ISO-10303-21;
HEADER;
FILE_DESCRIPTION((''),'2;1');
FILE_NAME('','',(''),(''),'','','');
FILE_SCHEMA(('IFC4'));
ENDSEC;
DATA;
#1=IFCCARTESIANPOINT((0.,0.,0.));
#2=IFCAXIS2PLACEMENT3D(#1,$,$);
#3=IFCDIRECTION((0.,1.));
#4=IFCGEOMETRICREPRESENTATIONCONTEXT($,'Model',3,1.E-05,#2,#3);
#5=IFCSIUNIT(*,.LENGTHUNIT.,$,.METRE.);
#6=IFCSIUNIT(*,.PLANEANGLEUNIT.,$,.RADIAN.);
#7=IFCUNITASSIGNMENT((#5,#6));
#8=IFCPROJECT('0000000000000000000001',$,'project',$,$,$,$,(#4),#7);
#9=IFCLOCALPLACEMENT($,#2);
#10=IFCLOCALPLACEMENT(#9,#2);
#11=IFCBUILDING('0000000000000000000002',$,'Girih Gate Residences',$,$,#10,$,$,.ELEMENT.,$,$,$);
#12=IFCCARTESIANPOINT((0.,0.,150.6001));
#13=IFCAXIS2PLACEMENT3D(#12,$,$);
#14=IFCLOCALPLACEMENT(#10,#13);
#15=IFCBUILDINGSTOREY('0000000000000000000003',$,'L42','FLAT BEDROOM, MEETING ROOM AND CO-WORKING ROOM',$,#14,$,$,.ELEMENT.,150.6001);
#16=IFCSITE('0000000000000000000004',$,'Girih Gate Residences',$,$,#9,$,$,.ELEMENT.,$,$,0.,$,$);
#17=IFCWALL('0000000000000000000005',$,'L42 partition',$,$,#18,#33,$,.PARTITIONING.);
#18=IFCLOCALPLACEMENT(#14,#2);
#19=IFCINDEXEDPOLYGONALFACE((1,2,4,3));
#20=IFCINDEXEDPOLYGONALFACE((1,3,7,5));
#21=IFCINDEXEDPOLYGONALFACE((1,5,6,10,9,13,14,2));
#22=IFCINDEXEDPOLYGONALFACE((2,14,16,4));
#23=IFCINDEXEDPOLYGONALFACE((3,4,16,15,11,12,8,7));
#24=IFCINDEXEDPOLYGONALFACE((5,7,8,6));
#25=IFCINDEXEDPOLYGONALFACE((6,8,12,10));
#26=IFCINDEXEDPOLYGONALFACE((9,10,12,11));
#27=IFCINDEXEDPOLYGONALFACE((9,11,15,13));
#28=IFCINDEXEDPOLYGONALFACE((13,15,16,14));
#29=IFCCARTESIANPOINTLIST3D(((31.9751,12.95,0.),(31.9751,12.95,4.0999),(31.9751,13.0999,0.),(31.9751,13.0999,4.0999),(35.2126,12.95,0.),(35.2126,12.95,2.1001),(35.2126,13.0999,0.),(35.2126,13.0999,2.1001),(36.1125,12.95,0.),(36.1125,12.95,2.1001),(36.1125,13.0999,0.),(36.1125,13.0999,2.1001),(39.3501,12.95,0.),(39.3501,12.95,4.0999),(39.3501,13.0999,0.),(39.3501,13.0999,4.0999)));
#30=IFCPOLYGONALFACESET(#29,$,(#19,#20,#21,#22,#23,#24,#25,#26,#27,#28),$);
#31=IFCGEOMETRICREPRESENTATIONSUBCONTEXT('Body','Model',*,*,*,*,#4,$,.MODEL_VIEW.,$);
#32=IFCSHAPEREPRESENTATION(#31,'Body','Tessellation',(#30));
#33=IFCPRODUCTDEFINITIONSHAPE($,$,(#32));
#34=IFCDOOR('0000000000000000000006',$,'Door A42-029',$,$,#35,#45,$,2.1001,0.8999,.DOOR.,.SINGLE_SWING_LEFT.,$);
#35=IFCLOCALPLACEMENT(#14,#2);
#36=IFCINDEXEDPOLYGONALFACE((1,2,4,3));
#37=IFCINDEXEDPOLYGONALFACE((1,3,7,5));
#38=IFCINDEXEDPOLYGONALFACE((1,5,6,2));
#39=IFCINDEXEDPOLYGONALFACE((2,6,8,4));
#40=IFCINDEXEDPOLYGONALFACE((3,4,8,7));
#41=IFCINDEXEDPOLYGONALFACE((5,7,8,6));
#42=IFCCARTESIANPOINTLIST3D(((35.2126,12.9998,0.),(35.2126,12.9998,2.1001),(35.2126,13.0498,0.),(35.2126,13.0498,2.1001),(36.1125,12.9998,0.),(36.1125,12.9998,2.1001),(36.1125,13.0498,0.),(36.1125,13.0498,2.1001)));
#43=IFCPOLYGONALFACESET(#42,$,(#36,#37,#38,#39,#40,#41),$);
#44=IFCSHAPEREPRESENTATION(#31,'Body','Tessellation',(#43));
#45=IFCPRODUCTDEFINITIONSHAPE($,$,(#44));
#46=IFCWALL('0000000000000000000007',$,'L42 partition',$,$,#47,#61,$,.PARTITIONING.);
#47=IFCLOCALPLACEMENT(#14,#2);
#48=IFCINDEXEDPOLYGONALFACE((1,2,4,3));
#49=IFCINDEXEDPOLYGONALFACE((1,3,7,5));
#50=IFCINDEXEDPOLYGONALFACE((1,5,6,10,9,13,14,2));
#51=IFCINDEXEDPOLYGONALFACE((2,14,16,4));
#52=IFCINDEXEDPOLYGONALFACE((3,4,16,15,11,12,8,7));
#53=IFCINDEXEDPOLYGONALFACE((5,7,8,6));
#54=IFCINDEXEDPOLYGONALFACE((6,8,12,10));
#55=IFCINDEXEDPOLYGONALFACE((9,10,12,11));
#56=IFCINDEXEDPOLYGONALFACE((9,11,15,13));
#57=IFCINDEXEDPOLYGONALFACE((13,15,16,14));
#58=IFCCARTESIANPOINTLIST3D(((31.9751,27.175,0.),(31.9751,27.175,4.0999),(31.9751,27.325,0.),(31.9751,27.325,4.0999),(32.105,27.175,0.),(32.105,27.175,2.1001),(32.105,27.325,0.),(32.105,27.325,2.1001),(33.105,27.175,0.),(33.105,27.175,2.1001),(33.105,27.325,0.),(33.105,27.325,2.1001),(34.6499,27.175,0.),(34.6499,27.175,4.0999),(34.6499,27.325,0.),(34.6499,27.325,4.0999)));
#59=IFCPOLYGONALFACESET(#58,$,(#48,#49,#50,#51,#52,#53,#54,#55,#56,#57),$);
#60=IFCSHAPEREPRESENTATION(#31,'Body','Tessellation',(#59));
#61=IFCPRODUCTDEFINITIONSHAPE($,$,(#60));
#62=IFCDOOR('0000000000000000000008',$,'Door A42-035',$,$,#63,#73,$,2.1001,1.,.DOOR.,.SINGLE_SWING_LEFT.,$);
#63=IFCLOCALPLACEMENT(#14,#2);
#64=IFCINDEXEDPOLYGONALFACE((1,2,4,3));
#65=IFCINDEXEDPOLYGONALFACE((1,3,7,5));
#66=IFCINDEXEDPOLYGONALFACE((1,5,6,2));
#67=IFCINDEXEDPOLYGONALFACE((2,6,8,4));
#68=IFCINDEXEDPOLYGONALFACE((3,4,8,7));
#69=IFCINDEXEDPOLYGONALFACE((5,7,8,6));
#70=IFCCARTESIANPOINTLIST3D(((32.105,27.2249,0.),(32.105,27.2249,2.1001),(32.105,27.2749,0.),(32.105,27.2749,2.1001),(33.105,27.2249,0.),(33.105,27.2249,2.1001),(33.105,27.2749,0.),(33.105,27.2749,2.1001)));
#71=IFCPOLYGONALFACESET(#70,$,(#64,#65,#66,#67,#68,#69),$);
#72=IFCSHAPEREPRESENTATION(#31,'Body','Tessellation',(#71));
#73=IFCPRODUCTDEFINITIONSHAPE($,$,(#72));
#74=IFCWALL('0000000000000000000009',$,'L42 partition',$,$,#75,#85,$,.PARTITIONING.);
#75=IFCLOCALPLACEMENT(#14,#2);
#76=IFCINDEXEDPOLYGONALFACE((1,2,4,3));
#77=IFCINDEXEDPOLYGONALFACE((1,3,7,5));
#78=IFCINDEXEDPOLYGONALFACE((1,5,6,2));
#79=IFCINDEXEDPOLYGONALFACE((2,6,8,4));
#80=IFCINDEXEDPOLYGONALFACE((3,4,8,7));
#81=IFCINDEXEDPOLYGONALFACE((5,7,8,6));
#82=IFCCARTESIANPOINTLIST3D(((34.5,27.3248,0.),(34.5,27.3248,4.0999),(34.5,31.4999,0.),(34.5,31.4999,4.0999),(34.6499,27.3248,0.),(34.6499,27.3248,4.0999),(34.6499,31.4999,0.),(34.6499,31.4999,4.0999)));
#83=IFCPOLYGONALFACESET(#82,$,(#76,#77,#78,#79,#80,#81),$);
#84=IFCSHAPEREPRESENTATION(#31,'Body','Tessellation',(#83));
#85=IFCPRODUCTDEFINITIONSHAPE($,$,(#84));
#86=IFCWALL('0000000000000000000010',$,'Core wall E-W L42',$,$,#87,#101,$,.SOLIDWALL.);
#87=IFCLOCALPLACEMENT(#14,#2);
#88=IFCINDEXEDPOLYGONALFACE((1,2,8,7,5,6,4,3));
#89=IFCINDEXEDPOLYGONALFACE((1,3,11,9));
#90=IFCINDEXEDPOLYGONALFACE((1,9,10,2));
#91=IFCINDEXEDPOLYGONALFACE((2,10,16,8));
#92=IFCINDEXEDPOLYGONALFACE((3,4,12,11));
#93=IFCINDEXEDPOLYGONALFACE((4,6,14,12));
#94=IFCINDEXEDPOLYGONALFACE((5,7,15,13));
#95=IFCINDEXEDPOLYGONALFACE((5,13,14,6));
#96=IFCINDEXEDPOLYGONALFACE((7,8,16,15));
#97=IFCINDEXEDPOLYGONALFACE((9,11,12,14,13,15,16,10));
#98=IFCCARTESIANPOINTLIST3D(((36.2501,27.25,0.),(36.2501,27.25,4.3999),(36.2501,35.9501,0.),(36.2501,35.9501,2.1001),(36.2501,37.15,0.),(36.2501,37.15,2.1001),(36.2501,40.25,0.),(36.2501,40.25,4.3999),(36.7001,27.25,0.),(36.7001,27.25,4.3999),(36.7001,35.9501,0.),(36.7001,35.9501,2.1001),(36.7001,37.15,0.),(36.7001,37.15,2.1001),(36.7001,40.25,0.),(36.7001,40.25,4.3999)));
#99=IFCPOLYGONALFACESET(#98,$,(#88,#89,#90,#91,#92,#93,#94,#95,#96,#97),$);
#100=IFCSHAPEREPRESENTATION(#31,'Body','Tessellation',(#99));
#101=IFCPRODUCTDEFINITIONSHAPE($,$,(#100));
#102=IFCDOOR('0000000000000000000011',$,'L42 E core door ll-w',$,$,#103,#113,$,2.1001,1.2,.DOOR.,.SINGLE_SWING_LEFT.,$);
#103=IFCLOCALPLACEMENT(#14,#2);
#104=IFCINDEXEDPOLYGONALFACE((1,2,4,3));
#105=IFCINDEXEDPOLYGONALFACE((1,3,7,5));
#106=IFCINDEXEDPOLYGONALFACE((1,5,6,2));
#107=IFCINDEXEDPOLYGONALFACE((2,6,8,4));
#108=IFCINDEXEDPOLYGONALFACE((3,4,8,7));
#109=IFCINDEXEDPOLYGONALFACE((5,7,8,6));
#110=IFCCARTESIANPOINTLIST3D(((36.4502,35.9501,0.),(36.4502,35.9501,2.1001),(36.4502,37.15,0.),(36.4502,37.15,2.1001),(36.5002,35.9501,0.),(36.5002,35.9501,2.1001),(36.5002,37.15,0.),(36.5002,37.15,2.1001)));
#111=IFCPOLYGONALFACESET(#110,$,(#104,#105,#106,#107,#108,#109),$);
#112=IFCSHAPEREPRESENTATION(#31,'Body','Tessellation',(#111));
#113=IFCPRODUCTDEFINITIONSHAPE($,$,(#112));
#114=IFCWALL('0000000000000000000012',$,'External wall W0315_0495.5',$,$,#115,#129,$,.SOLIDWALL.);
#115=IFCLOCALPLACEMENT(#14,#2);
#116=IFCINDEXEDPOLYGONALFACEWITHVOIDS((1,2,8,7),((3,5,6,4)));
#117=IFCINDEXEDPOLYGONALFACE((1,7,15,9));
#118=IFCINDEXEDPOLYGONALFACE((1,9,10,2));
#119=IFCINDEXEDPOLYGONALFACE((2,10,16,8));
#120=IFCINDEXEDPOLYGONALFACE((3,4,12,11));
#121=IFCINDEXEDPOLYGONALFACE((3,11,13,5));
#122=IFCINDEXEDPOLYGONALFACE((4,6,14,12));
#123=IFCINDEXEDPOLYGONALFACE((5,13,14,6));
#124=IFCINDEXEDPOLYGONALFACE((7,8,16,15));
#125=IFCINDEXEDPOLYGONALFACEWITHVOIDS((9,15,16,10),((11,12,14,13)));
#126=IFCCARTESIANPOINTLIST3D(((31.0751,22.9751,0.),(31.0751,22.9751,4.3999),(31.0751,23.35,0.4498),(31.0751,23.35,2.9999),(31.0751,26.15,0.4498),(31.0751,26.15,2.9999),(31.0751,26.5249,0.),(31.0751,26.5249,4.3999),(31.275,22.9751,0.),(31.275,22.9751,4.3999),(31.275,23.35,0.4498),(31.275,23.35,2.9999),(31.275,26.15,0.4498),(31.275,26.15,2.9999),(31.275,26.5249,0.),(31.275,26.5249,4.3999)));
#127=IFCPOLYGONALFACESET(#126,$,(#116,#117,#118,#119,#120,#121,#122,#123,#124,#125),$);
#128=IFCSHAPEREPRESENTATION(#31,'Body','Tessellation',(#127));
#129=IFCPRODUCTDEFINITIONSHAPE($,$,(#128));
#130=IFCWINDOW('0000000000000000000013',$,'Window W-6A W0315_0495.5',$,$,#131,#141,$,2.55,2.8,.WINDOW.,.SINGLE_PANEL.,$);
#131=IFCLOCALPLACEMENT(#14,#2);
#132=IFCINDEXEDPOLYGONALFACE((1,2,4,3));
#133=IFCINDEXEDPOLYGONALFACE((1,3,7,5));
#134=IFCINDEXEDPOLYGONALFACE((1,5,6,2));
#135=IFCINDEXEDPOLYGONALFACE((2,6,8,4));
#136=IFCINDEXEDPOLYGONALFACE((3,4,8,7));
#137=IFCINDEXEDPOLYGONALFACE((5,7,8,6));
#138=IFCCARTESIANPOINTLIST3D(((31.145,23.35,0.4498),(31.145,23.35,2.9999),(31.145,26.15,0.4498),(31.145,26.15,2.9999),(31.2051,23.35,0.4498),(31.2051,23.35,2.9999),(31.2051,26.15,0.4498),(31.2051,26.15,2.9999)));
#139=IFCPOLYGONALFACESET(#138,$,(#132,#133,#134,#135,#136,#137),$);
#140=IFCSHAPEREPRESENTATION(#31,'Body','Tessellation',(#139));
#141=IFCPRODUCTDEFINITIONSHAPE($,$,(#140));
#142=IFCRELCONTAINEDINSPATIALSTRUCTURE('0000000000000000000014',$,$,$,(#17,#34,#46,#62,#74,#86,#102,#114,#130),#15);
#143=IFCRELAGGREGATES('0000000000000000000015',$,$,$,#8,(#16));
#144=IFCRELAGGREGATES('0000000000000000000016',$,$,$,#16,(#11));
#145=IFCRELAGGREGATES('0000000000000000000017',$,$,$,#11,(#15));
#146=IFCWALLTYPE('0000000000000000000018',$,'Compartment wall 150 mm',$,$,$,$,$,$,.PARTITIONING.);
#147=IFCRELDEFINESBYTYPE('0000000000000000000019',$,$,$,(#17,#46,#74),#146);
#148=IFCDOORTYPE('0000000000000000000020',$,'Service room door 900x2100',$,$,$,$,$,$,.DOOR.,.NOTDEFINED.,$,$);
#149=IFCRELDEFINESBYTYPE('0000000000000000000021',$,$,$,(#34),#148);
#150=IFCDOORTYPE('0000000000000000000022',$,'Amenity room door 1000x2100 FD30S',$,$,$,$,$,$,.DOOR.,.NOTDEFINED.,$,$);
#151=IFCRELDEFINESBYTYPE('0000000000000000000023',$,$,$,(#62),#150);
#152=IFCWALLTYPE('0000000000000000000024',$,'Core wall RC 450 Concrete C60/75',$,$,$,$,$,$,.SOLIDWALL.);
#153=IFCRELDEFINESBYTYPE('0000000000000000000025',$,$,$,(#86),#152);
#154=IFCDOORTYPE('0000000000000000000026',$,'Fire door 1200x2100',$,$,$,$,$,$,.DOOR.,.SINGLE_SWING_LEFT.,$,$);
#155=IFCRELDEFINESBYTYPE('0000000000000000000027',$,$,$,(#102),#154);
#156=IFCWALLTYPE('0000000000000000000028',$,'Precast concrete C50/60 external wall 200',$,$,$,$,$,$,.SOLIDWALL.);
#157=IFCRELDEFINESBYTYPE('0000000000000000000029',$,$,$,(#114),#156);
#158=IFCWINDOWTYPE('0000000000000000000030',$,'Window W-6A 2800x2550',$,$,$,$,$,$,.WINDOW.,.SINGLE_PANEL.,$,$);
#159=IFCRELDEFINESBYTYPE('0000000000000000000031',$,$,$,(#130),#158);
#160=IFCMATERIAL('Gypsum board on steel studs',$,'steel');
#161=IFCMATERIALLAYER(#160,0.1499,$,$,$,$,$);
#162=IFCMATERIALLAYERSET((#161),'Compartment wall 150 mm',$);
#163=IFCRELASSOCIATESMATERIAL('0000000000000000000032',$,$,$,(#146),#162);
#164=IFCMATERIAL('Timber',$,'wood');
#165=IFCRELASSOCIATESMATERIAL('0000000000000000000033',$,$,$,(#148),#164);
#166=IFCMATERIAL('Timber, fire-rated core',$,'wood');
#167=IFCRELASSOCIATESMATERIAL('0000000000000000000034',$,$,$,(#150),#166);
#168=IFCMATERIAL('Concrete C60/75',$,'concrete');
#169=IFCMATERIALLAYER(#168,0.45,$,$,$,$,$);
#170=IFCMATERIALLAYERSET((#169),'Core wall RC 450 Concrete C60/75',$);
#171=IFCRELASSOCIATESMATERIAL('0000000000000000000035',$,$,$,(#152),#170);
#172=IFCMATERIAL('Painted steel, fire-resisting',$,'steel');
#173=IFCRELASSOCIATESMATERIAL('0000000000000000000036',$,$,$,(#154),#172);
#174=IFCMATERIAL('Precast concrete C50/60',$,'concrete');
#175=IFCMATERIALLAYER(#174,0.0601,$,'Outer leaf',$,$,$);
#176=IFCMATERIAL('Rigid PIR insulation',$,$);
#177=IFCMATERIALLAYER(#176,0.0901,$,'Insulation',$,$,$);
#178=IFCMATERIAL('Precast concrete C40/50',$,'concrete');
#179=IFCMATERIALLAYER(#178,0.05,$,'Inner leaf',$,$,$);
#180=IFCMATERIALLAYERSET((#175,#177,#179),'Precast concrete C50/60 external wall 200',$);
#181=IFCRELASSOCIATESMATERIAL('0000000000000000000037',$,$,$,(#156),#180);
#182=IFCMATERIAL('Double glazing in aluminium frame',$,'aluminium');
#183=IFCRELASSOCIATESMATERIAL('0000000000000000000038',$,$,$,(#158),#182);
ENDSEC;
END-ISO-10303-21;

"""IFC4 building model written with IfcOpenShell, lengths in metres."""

from ifc_helpers import new_model, si_unit, direction, frame, frame_2d, origin, place, context, subcontext, project, spatial, rectangle, extrude, material, layer, layer_set, type_object, element, fill, save


model = new_model("IFC4")

# Units and contexts
model_context = context("Model", 3, precision=1e-05, world=origin(), true_north=direction((0.0, 1.0)))
body_context = subcontext(model_context, "Body", "Model", "MODEL_VIEW")
ifc_project = project(units=[si_unit("LENGTHUNIT", "METRE"), si_unit("PLANEANGLEUNIT", "RADIAN")], contexts=[model_context])

# Site, building, storey
site_placement = place(None, origin())
site = spatial("IfcSite", under=ifc_project, at=site_placement, Name="Girih Gate Residences", CompositionType="ELEMENT", RefElevation=0.0)
building_placement = place(site_placement, origin())
building = spatial("IfcBuilding", under=site, at=building_placement, Name="Girih Gate Residences", CompositionType="ELEMENT")
storey_placement = place(building_placement, frame((0.0, 0.0, 150.6001)))
storey = spatial("IfcBuildingStorey", under=building, at=storey_placement, Name="L42", Description="FLAT BEDROOM, MEETING ROOM AND CO-WORKING ROOM", CompositionType="ELEMENT", Elevation=150.6001)

# Shared definitions
ifc_material_1 = material(Name="Concrete C60/75", Category="concrete")

# Shared definitions
ifc_material_2 = material(Name="Gypsum board on steel studs", Category="steel")
ifc_layer_1 = layer(ifc_material_2, 0.1499)
ifc_layer_set_1 = layer_set([ifc_layer_1], Name="Compartment wall 150 mm")
wall_type_1 = type_object("IfcWallType", Name="Compartment wall 150 mm", PredefinedType="PARTITIONING", material=ifc_layer_set_1)

# Walls, openings, doors
wall_1_placement = place(storey_placement, frame((31.9751, 13.0249, 0.0), z_axis=(0.0, 0.0, 1.0), x_axis=(1.0, 0.0, 0.0)))
wall_1 = element("IfcWall", 1, at=wall_1_placement, inside=storey, type_object=wall_type_1, Name="L42 partition", PredefinedType="PARTITIONING", context=body_context, shape_type="SweptSolid", body=[
    extrude(rectangle(XDim=7.375, YDim=0.1499, at=frame_2d((3.6875, 0.0))), origin(), (0.0, 0.0, 1.0), 4.0999),
])
opening_1_placement = place(wall_1_placement, frame((3.2375, 0.0, 0.0)))
opening_1 = element("IfcOpeningElement", 2, at=opening_1_placement, cuts=wall_1, PredefinedType="OPENING", context=body_context, shape_type="SweptSolid", body=[
    extrude(rectangle(XDim=0.8999, YDim=2.1001, at=frame_2d((0.45, 1.05))), frame((0.0, 0.085, 0.0), z_axis=(0.0, -1.0, 0.0), x_axis=(1.0, 0.0, 0.0)), (0.0, 0.0, 1.0), 0.1699),
])
ifc_material_3 = material(Name="Timber", Category="wood")
door_type_1 = type_object("IfcDoorType", Name="Service room door 900x2100", OperationType="NOTDEFINED", PredefinedType="DOOR", material=ifc_material_3)
door_1_placement = place(opening_1_placement, origin())
door_1 = element("IfcDoor", 3, at=door_1_placement, inside=storey, type_object=door_type_1, Name="Door A42-029", OperationType="SINGLE_SWING_LEFT", OverallHeight=2.1001, OverallWidth=0.8999, PredefinedType="DOOR", context=body_context, shape_type="SweptSolid", body=[
    extrude(rectangle(XDim=0.8999, YDim=2.1001, at=frame_2d((0.45, 1.05))), frame((0.0, 0.0249, 0.0), z_axis=(0.0, -1.0, 0.0), x_axis=(1.0, 0.0, 0.0)), (0.0, 0.0, 1.0), 0.05),
])
fill(opening_1, door_1)
wall_2_placement = place(storey_placement, frame((31.9751, 27.25, 0.0), z_axis=(0.0, 0.0, 1.0), x_axis=(1.0, 0.0, 0.0)))
wall_2 = element("IfcWall", 4, at=wall_2_placement, inside=storey, type_object=wall_type_1, Name="L42 partition", PredefinedType="PARTITIONING", context=body_context, shape_type="SweptSolid", body=[
    extrude(rectangle(XDim=2.6748, YDim=0.1499, at=frame_2d((1.3374, 0.0))), origin(), (0.0, 0.0, 1.0), 4.0999),
])
opening_2_placement = place(wall_2_placement, frame((0.1299, 0.0, 0.0)))
opening_2 = element("IfcOpeningElement", 5, at=opening_2_placement, cuts=wall_2, PredefinedType="OPENING", context=body_context, shape_type="SweptSolid", body=[
    extrude(rectangle(XDim=1.0, YDim=2.1001, at=frame_2d((0.5, 1.05))), frame((0.0, 0.085, 0.0), z_axis=(0.0, -1.0, 0.0), x_axis=(1.0, 0.0, 0.0)), (0.0, 0.0, 1.0), 0.1699),
])
ifc_material_4 = material(Name="Timber, fire-rated core", Category="wood")
door_type_2 = type_object("IfcDoorType", Name="Amenity room door 1000x2100 FD30S", OperationType="NOTDEFINED", PredefinedType="DOOR", material=ifc_material_4)
door_2_placement = place(opening_2_placement, origin())
door_2 = element("IfcDoor", 6, at=door_2_placement, inside=storey, type_object=door_type_2, Name="Door A42-035", OperationType="SINGLE_SWING_LEFT", OverallHeight=2.1001, OverallWidth=1.0, PredefinedType="DOOR", context=body_context, shape_type="SweptSolid", body=[
    extrude(rectangle(XDim=1.0, YDim=2.1001, at=frame_2d((0.5, 1.05))), frame((0.0, 0.0249, 0.0), z_axis=(0.0, -1.0, 0.0), x_axis=(1.0, 0.0, 0.0)), (0.0, 0.0, 1.0), 0.05),
])
fill(opening_2, door_2)

# Wall
wall_3_placement = place(storey_placement, frame((34.575, 27.325, 0.0), z_axis=(0.0, 0.0, 1.0), x_axis=(0.0, 1.0, 0.0)))
element("IfcWall", 7, at=wall_3_placement, inside=storey, type_object=wall_type_1, Name="L42 partition", PredefinedType="PARTITIONING", context=body_context, shape_type="SweptSolid", body=[
    extrude(rectangle(XDim=4.175, YDim=0.1499, at=frame_2d((2.0874, 0.0))), origin(), (0.0, 0.0, 1.0), 4.0999),
])

# Wall, opening, door
ifc_layer_2 = layer(ifc_material_1, 0.45)
ifc_layer_set_2 = layer_set([ifc_layer_2], Name="Core wall RC 450 Concrete C60/75")
wall_type_2 = type_object("IfcWallType", Name="Core wall RC 450 Concrete C60/75", PredefinedType="SOLIDWALL", material=ifc_layer_set_2)
wall_4_placement = place(storey_placement, frame((36.4751, 27.25, 0.0), z_axis=(0.0, 0.0, 1.0), x_axis=(0.0, 1.0, 0.0)))
wall_4 = element("IfcWall", 8, at=wall_4_placement, inside=storey, type_object=wall_type_2, Name="Core wall E-W L42", PredefinedType="SOLIDWALL", context=body_context, shape_type="SweptSolid", body=[
    extrude(rectangle(XDim=13.0, YDim=0.45, at=frame_2d((6.5, 0.0))), origin(), (0.0, 0.0, 1.0), 4.3999),
])
opening_3_placement = place(wall_4_placement, frame((8.7, 0.0, 0.0)))
opening_3 = element("IfcOpeningElement", 9, at=opening_3_placement, cuts=wall_4, PredefinedType="OPENING", context=body_context, shape_type="SweptSolid", body=[
    extrude(rectangle(XDim=1.2, YDim=2.1001, at=frame_2d((0.6001, 1.05))), frame((0.0, 0.2349, 0.0), z_axis=(0.0, -1.0, 0.0), x_axis=(1.0, 0.0, 0.0)), (0.0, 0.0, 1.0), 0.47),
])
ifc_material_5 = material(Name="Painted steel, fire-resisting", Category="steel")
door_type_3 = type_object("IfcDoorType", Name="Fire door 1200x2100", OperationType="SINGLE_SWING_LEFT", PredefinedType="DOOR", material=ifc_material_5)
door_3_placement = place(opening_3_placement, origin())
door_3 = element("IfcDoor", 10, at=door_3_placement, inside=storey, type_object=door_type_3, Name="L42 E core door ll-w", OperationType="SINGLE_SWING_LEFT", OverallHeight=2.1001, OverallWidth=1.2, PredefinedType="DOOR", context=body_context, shape_type="SweptSolid", body=[
    extrude(rectangle(XDim=1.2, YDim=2.1001, at=frame_2d((0.6001, 1.05))), frame((0.0, 0.0249, 0.0), z_axis=(0.0, -1.0, 0.0), x_axis=(1.0, 0.0, 0.0)), (0.0, 0.0, 1.0), 0.05),
])
fill(opening_3, door_3)

# Wall, opening, window
ifc_material_6 = material(Name="Precast concrete C50/60", Category="concrete")
ifc_layer_3 = layer(ifc_material_6, 0.0601, Name="Outer leaf")
ifc_material_7 = material(Name="Rigid PIR insulation")
ifc_layer_4 = layer(ifc_material_7, 0.0901, Name="Insulation")
ifc_material_8 = material(Name="Precast concrete C40/50", Category="concrete")
ifc_layer_5 = layer(ifc_material_8, 0.05, Name="Inner leaf")
ifc_layer_set_3 = layer_set([ifc_layer_3, ifc_layer_4, ifc_layer_5], Name="Precast concrete C50/60 external wall 200")
wall_type_3 = type_object("IfcWallType", Name="Precast concrete C50/60 external wall 200", PredefinedType="SOLIDWALL", material=ifc_layer_set_3)
wall_5_placement = place(storey_placement, frame((31.175, 22.9751, 0.0), z_axis=(0.0, 0.0, 1.0), x_axis=(0.0, 1.0, 0.0)))
wall_5 = element("IfcWall", 11, at=wall_5_placement, inside=storey, type_object=wall_type_3, Name="External wall W0315_0495.5", PredefinedType="SOLIDWALL", context=body_context, shape_type="SweptSolid", body=[
    extrude(rectangle(XDim=3.5498, YDim=0.2, at=frame_2d((1.7749, 0.0))), origin(), (0.0, 0.0, 1.0), 4.3999),
])
opening_4_placement = place(wall_5_placement, frame((0.375, 0.0, 0.45)))
opening_4 = element("IfcOpeningElement", 12, at=opening_4_placement, cuts=wall_5, PredefinedType="OPENING", context=body_context, shape_type="SweptSolid", body=[
    extrude(rectangle(XDim=2.8, YDim=2.55, at=frame_2d((1.3999, 1.2749))), frame((0.0, 0.1099, 0.0), z_axis=(0.0, -1.0, 0.0), x_axis=(1.0, 0.0, 0.0)), (0.0, 0.0, 1.0), 0.22),
])
ifc_material_9 = material(Name="Double glazing in aluminium frame", Category="aluminium")
window_type = type_object("IfcWindowType", Name="Window W-6A 2800x2550", PartitioningType="SINGLE_PANEL", PredefinedType="WINDOW", material=ifc_material_9)
window_1_placement = place(opening_4_placement, origin())
window_1 = element("IfcWindow", 13, at=window_1_placement, inside=storey, type_object=window_type, Name="Window W-6A W0315_0495.5", OverallHeight=2.55, OverallWidth=2.8, PartitioningType="SINGLE_PANEL", PredefinedType="WINDOW", context=body_context, shape_type="SweptSolid", body=[
    extrude(rectangle(XDim=2.8, YDim=2.55, at=frame_2d((1.3999, 1.2749))), frame((0.0, 0.03, 0.0), z_axis=(0.0, -1.0, 0.0), x_axis=(1.0, 0.0, 0.0)), (0.0, 0.0, 1.0), 0.0601),
])
fill(opening_4, window_1)

save(model, "model.ifc")
